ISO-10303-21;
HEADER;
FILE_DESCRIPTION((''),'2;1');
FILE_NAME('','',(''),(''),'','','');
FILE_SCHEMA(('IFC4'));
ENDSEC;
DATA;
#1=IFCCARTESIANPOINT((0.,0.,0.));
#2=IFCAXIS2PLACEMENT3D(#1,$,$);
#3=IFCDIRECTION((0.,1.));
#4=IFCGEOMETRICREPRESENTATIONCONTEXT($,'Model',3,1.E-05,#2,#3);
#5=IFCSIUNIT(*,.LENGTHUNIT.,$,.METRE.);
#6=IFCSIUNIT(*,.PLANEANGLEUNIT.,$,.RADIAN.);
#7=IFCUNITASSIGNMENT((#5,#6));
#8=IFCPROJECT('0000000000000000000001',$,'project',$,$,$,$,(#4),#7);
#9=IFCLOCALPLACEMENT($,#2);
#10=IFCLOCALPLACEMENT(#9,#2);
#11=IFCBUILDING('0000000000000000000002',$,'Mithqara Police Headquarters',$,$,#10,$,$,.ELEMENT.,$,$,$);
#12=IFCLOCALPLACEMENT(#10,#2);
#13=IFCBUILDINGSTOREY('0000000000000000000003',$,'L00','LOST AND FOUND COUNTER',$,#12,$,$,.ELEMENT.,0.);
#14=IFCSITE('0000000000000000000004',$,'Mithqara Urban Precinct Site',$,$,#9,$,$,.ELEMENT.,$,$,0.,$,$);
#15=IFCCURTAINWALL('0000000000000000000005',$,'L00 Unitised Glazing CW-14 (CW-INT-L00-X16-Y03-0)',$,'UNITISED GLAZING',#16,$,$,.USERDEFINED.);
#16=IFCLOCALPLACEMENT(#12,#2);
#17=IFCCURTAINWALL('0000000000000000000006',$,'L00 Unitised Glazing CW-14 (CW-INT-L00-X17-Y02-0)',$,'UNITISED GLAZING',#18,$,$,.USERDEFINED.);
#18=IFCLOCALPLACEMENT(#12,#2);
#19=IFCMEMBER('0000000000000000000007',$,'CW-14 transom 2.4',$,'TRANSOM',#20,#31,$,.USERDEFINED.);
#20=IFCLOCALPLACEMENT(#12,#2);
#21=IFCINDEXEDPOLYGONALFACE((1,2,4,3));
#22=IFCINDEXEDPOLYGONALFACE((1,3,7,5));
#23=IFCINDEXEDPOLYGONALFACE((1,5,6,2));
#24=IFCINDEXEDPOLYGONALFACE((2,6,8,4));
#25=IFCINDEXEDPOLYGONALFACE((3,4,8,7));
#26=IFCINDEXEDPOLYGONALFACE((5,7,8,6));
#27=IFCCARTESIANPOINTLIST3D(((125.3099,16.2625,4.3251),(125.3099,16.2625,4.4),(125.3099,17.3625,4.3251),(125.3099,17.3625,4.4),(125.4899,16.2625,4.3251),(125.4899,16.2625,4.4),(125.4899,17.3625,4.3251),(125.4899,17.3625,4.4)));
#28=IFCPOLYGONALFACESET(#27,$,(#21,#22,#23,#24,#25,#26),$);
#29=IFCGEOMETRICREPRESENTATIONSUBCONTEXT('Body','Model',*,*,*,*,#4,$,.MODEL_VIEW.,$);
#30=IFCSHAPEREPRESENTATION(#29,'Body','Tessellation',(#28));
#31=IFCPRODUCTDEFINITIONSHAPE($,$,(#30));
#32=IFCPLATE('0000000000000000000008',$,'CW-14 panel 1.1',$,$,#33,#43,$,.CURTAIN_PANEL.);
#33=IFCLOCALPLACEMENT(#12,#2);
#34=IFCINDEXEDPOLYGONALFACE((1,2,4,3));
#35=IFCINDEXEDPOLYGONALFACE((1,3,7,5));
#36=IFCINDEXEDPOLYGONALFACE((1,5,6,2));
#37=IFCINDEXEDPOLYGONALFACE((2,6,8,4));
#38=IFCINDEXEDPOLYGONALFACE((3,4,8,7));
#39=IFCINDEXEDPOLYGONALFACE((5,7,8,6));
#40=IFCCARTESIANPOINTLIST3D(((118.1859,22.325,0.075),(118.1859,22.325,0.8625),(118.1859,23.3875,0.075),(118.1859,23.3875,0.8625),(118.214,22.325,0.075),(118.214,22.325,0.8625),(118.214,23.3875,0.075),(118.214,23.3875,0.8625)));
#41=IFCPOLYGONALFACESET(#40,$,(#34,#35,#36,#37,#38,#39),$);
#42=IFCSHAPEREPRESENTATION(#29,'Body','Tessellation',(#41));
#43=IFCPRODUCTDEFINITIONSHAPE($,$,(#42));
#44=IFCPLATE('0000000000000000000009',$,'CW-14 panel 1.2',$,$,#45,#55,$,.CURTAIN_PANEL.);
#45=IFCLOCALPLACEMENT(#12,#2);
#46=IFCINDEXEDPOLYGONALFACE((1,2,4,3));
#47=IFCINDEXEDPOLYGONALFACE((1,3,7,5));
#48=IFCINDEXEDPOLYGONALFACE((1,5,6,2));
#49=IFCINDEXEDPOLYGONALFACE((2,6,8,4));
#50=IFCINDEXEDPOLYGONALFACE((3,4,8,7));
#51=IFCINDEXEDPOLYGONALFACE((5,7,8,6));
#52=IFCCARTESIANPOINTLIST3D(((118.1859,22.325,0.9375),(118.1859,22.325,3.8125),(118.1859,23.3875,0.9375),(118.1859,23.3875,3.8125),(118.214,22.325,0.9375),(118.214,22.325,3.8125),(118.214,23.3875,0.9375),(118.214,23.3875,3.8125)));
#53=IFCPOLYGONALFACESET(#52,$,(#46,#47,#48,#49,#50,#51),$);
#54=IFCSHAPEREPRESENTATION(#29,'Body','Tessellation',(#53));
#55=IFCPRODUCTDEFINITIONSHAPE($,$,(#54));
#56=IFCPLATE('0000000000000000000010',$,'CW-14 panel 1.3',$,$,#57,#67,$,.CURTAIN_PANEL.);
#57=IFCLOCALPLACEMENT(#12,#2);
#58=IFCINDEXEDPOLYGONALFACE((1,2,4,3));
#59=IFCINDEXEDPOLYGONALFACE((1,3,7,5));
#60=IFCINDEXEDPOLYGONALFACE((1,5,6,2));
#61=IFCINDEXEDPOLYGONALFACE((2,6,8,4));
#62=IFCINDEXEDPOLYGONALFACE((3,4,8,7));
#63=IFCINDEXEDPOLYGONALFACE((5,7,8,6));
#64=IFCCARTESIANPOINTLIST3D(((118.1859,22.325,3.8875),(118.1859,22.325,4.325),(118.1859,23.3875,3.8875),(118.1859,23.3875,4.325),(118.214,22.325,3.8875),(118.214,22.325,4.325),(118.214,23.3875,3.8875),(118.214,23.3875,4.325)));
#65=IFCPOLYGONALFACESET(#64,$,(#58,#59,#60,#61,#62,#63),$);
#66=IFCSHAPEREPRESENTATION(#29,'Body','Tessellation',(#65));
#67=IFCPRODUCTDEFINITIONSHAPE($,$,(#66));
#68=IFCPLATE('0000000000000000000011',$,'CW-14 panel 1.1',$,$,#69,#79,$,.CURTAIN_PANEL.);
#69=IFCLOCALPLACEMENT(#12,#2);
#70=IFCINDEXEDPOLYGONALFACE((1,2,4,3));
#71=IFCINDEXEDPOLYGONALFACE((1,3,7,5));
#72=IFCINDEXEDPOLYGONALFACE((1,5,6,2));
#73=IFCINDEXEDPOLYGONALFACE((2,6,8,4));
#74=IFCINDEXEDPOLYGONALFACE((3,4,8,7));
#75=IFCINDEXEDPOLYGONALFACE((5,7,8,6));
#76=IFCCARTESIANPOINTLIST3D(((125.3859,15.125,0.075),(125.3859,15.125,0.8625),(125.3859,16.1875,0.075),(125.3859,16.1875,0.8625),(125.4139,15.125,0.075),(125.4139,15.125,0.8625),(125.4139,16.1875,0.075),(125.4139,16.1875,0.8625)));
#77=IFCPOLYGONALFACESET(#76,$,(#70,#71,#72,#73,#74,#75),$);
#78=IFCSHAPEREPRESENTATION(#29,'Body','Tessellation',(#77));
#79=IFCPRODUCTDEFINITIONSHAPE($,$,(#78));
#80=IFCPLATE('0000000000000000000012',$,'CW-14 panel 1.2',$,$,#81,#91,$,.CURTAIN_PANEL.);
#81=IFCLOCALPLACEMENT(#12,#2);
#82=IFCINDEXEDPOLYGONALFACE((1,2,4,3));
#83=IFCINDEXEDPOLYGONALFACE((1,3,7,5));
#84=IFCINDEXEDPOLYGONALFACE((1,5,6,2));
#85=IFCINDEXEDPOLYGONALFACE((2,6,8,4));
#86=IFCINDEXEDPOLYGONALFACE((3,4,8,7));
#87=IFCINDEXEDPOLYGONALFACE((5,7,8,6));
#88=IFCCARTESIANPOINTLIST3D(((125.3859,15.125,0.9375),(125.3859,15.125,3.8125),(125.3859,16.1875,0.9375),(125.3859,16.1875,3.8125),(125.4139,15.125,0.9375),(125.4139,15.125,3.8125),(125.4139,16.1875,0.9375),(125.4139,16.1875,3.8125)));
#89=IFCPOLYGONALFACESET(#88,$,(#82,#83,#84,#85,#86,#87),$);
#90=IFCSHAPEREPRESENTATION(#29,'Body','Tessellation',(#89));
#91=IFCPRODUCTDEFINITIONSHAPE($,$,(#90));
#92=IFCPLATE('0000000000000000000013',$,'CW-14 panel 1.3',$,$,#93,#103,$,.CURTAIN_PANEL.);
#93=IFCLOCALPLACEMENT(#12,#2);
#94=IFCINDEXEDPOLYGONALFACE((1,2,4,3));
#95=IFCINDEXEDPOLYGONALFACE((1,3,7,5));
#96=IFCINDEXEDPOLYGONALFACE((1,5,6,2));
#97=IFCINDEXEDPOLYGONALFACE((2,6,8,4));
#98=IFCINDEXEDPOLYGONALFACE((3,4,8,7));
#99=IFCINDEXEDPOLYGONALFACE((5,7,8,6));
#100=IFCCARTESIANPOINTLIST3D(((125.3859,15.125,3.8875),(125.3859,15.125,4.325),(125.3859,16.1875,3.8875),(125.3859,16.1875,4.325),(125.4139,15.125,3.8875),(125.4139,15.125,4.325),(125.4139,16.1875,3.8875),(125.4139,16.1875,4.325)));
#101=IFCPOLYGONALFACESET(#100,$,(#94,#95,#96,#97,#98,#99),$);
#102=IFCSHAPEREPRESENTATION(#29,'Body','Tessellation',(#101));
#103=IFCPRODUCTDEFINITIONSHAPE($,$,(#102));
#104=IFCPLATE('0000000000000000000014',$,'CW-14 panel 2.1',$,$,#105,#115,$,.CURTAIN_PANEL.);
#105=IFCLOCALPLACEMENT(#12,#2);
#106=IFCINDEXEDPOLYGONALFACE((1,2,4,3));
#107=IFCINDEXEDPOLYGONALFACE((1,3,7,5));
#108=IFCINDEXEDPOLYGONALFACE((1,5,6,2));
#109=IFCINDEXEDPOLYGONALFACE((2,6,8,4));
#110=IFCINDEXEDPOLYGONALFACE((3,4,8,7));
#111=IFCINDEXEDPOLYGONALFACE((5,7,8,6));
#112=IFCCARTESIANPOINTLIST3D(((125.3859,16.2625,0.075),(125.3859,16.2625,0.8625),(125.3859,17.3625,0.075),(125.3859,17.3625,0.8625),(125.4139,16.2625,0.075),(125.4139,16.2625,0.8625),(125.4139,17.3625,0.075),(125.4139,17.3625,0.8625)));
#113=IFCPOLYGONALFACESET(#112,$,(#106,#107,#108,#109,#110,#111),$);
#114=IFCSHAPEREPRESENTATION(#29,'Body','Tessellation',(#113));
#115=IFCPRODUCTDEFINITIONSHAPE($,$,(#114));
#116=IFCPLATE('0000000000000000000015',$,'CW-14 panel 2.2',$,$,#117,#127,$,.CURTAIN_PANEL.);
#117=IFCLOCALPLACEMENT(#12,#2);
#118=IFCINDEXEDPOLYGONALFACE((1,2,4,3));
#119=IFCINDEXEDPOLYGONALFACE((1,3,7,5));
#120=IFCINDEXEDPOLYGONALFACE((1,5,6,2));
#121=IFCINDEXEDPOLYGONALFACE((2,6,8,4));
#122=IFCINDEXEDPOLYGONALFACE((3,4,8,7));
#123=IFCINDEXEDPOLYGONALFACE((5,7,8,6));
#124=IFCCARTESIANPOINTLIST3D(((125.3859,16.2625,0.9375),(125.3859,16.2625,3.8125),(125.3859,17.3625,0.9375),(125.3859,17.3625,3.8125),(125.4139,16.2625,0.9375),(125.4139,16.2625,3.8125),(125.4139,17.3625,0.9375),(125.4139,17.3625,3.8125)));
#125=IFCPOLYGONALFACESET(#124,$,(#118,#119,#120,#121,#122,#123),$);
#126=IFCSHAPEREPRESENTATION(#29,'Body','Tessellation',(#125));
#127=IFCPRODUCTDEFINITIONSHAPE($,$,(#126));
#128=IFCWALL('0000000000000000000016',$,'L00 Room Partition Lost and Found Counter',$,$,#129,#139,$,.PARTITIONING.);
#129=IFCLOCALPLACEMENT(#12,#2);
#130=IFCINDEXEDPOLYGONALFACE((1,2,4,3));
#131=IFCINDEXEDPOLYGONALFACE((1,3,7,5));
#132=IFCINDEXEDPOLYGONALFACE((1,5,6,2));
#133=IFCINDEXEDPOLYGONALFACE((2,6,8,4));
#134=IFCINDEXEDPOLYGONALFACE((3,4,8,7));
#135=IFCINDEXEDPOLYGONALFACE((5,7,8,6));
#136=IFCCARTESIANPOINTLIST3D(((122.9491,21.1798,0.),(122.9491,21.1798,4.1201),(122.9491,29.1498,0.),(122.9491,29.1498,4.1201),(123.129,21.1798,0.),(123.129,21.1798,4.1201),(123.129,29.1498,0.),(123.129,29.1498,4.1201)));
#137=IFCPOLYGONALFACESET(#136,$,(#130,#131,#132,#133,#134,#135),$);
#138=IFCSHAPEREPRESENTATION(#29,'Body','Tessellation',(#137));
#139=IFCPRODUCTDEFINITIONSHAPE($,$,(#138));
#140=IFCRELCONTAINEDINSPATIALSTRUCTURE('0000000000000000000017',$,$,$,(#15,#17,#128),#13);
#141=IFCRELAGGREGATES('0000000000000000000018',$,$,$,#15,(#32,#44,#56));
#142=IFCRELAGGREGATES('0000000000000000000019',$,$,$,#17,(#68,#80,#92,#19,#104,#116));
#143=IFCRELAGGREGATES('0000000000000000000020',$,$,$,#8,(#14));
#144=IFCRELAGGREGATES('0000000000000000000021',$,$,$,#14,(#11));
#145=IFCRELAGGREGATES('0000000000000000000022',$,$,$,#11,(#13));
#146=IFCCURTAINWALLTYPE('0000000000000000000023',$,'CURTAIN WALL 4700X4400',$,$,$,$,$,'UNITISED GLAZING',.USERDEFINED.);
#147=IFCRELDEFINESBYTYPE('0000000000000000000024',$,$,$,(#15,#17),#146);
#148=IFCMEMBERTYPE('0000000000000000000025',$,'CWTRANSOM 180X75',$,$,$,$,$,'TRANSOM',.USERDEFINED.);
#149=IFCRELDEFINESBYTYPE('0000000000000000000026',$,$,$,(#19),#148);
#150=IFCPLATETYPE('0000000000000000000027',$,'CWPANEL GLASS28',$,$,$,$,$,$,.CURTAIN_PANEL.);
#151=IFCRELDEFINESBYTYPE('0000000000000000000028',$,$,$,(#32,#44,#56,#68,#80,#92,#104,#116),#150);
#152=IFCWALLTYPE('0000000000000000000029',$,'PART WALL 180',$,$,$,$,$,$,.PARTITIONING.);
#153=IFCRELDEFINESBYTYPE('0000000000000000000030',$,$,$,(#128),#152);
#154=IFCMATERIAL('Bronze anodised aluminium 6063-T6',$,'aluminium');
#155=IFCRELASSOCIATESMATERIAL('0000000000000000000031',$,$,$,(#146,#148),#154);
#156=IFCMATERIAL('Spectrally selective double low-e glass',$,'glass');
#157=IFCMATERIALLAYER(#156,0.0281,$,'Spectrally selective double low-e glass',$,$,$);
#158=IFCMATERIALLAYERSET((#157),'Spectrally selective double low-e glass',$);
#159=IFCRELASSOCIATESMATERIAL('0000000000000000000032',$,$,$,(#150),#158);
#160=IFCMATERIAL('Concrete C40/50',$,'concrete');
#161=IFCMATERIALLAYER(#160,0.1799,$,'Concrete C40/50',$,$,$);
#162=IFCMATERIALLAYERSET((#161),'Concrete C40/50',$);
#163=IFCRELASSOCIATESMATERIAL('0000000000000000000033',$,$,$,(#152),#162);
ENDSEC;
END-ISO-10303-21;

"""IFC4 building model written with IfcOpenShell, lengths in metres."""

from ifc_helpers import new_model, si_unit, direction, frame, frame_2d, origin, origin_2d, place, context, subcontext, project, spatial, rectangle, extrude, material, layer, layer_set, material_profile, profile_set, type_object, element, aggregate, save


model = new_model("IFC4")

# Units and contexts
model_context = context("Model", 3, precision=1e-05, world=origin(), true_north=direction((0.0, 1.0)))
body_context = subcontext(model_context, "Body", "Model", "MODEL_VIEW")
ifc_project = project(units=[si_unit("LENGTHUNIT", "METRE"), si_unit("PLANEANGLEUNIT", "RADIAN")], contexts=[model_context])

# Site, building, storey
site_placement = place(None, origin())
site = spatial("IfcSite", under=ifc_project, at=site_placement, Name="Mithqara Urban Precinct Site", CompositionType="ELEMENT", RefElevation=0.0)
building_placement = place(site_placement, origin())
building = spatial("IfcBuilding", under=site, at=building_placement, Name="Mithqara Police Headquarters", CompositionType="ELEMENT")
storey_placement = place(building_placement, origin())
storey = spatial("IfcBuildingStorey", under=building, at=storey_placement, Name="L00", Description="LOST AND FOUND COUNTER", CompositionType="ELEMENT", Elevation=0.0)

# Shared definitions
ifc_material_1 = material(Name="Concrete C40/50", Category="concrete")

# Curtain wall
ifc_material_2 = material(Name="Bronze anodised aluminium 6063-T6", Category="aluminium")
curtain_wall_type = type_object("IfcCurtainWallType", Name="CURTAIN WALL 4700X4400", ElementType="UNITISED GLAZING", PredefinedType="USERDEFINED", material=ifc_material_2)
curtain_wall_1_placement = place(storey_placement, origin())
curtain_wall_1 = element("IfcCurtainWall", 1, at=curtain_wall_1_placement, inside=storey, type_object=curtain_wall_type, Name="L00 Unitised Glazing CW-14 (CW-INT-L00-X16-Y03-0)", ObjectType="UNITISED GLAZING", PredefinedType="USERDEFINED")

# Curtain wall
curtain_wall_2_placement = place(storey_placement, origin())
curtain_wall_2 = element("IfcCurtainWall", 2, at=curtain_wall_2_placement, inside=storey, type_object=curtain_wall_type, Name="L00 Unitised Glazing CW-14 (CW-INT-L00-X17-Y02-0)", ObjectType="UNITISED GLAZING", PredefinedType="USERDEFINED")

# Member
ifc_material_profile_1 = material_profile(ifc_material_2, rectangle(XDim=0.1799, YDim=0.075, at=origin_2d()), Name="CWT 180x75")
ifc_profile_set_1 = profile_set([ifc_material_profile_1], Name="Bronze anodised aluminium 6063-T6")
member_type_1 = type_object("IfcMemberType", Name="CWTRANSOM 180X75", ElementType="TRANSOM", PredefinedType="USERDEFINED", material=ifc_profile_set_1)
member_1_placement = place(storey_placement, frame((125.3999, 16.2625, 4.3625), z_axis=(0.0, 1.0, 0.0), x_axis=(-1.0, 0.0, 0.0)))
member_1 = element("IfcMember", 3, at=member_1_placement, type_object=member_type_1, Name="CW-14 transom 2.4", ObjectType="TRANSOM", PredefinedType="USERDEFINED", context=body_context, shape_type="SweptSolid", body=[
    extrude(rectangle(XDim=0.1799, YDim=0.075, at=origin_2d()), origin(), (0.0, 0.0, 1.0), 1.1001),
])

# Plates
ifc_material_3 = material(Name="Spectrally selective double low-e glass", Category="glass")
ifc_layer_1 = layer(ifc_material_3, 0.0281, Name="Spectrally selective double low-e glass")
ifc_layer_set_1 = layer_set([ifc_layer_1], Name="Spectrally selective double low-e glass")
plate_type = type_object("IfcPlateType", Name="CWPANEL GLASS28", PredefinedType="CURTAIN_PANEL", material=ifc_layer_set_1)
plate_1_placement = place(storey_placement, frame((118.2, 22.8562, 0.075), z_axis=(0.0, 0.0, 1.0), x_axis=(0.0, 1.0, 0.0)))
plate_1 = element("IfcPlate", 4, at=plate_1_placement, type_object=plate_type, Name="CW-14 panel 1.1", PredefinedType="CURTAIN_PANEL", context=body_context, shape_type="SweptSolid", body=[
    extrude(rectangle(XDim=1.0625, YDim=0.0281, at=origin_2d()), origin(), (0.0, 0.0, 1.0), 0.7876),
])
plate_2_placement = place(storey_placement, frame((118.2, 22.8562, 0.9375), z_axis=(0.0, 0.0, 1.0), x_axis=(0.0, 1.0, 0.0)))
plate_2 = element("IfcPlate", 5, at=plate_2_placement, type_object=plate_type, Name="CW-14 panel 1.2", PredefinedType="CURTAIN_PANEL", context=body_context, shape_type="SweptSolid", body=[
    extrude(rectangle(XDim=1.0625, YDim=0.0281, at=origin_2d()), origin(), (0.0, 0.0, 1.0), 2.875),
])
plate_3_placement = place(storey_placement, frame((118.2, 22.8562, 3.8875), z_axis=(0.0, 0.0, 1.0), x_axis=(0.0, 1.0, 0.0)))
plate_3 = element("IfcPlate", 6, at=plate_3_placement, type_object=plate_type, Name="CW-14 panel 1.3", PredefinedType="CURTAIN_PANEL", context=body_context, shape_type="SweptSolid", body=[
    extrude(rectangle(XDim=1.0625, YDim=0.0281, at=origin_2d()), origin(), (0.0, 0.0, 1.0), 0.4375),
])
aggregate(curtain_wall_1, [plate_1, plate_2, plate_3])
plate_4_placement = place(storey_placement, frame((125.3999, 15.6562, 0.075), z_axis=(0.0, 0.0, 1.0), x_axis=(0.0, 1.0, 0.0)))
plate_4 = element("IfcPlate", 7, at=plate_4_placement, type_object=plate_type, Name="CW-14 panel 1.1", PredefinedType="CURTAIN_PANEL", context=body_context, shape_type="SweptSolid", body=[
    extrude(rectangle(XDim=1.0625, YDim=0.0281, at=origin_2d()), origin(), (0.0, 0.0, 1.0), 0.7876),
])
plate_5_placement = place(storey_placement, frame((125.3999, 15.6562, 0.9375), z_axis=(0.0, 0.0, 1.0), x_axis=(0.0, 1.0, 0.0)))
plate_5 = element("IfcPlate", 8, at=plate_5_placement, type_object=plate_type, Name="CW-14 panel 1.2", PredefinedType="CURTAIN_PANEL", context=body_context, shape_type="SweptSolid", body=[
    extrude(rectangle(XDim=1.0625, YDim=0.0281, at=origin_2d()), origin(), (0.0, 0.0, 1.0), 2.875),
])
plate_6_placement = place(storey_placement, frame((125.3999, 15.6562, 3.8875), z_axis=(0.0, 0.0, 1.0), x_axis=(0.0, 1.0, 0.0)))
plate_6 = element("IfcPlate", 9, at=plate_6_placement, type_object=plate_type, Name="CW-14 panel 1.3", PredefinedType="CURTAIN_PANEL", context=body_context, shape_type="SweptSolid", body=[
    extrude(rectangle(XDim=1.0625, YDim=0.0281, at=origin_2d()), origin(), (0.0, 0.0, 1.0), 0.4375),
])
plate_7_placement = place(storey_placement, frame((125.3999, 16.8125, 0.075), z_axis=(0.0, 0.0, 1.0), x_axis=(0.0, 1.0, 0.0)))
plate_7 = element("IfcPlate", 10, at=plate_7_placement, type_object=plate_type, Name="CW-14 panel 2.1", PredefinedType="CURTAIN_PANEL", context=body_context, shape_type="SweptSolid", body=[
    extrude(rectangle(XDim=1.1001, YDim=0.0281, at=origin_2d()), origin(), (0.0, 0.0, 1.0), 0.7876),
])
plate_8_placement = place(storey_placement, frame((125.3999, 16.8125, 0.9375), z_axis=(0.0, 0.0, 1.0), x_axis=(0.0, 1.0, 0.0)))
plate_8 = element("IfcPlate", 11, at=plate_8_placement, type_object=plate_type, Name="CW-14 panel 2.2", PredefinedType="CURTAIN_PANEL", context=body_context, shape_type="SweptSolid", body=[
    extrude(rectangle(XDim=1.1001, YDim=0.0281, at=origin_2d()), origin(), (0.0, 0.0, 1.0), 2.875),
])
aggregate(curtain_wall_2, [plate_4, plate_5, plate_6, member_1, plate_7, plate_8])

# Wall
ifc_layer_2 = layer(ifc_material_1, 0.1799, Name="Concrete C40/50")
ifc_layer_set_2 = layer_set([ifc_layer_2], Name="Concrete C40/50")
wall_type = type_object("IfcWallType", Name="PART WALL 180", PredefinedType="PARTITIONING", material=ifc_layer_set_2)
wall_placement = place(storey_placement, frame((123.0391, 21.1799, 0.0), z_axis=(0.0, 0.0, 1.0), x_axis=(0.0, 1.0, 0.0)))
element("IfcWall", 12, at=wall_placement, inside=storey, type_object=wall_type, Name="L00 Room Partition Lost and Found Counter", PredefinedType="PARTITIONING", context=body_context, shape_type="SweptSolid", body=[
    extrude(rectangle(XDim=7.97, YDim=0.1799, at=frame_2d((3.9849, 0.0))), origin(), (0.0, 0.0, 1.0), 4.1201),
])

save(model, "model.ifc")
